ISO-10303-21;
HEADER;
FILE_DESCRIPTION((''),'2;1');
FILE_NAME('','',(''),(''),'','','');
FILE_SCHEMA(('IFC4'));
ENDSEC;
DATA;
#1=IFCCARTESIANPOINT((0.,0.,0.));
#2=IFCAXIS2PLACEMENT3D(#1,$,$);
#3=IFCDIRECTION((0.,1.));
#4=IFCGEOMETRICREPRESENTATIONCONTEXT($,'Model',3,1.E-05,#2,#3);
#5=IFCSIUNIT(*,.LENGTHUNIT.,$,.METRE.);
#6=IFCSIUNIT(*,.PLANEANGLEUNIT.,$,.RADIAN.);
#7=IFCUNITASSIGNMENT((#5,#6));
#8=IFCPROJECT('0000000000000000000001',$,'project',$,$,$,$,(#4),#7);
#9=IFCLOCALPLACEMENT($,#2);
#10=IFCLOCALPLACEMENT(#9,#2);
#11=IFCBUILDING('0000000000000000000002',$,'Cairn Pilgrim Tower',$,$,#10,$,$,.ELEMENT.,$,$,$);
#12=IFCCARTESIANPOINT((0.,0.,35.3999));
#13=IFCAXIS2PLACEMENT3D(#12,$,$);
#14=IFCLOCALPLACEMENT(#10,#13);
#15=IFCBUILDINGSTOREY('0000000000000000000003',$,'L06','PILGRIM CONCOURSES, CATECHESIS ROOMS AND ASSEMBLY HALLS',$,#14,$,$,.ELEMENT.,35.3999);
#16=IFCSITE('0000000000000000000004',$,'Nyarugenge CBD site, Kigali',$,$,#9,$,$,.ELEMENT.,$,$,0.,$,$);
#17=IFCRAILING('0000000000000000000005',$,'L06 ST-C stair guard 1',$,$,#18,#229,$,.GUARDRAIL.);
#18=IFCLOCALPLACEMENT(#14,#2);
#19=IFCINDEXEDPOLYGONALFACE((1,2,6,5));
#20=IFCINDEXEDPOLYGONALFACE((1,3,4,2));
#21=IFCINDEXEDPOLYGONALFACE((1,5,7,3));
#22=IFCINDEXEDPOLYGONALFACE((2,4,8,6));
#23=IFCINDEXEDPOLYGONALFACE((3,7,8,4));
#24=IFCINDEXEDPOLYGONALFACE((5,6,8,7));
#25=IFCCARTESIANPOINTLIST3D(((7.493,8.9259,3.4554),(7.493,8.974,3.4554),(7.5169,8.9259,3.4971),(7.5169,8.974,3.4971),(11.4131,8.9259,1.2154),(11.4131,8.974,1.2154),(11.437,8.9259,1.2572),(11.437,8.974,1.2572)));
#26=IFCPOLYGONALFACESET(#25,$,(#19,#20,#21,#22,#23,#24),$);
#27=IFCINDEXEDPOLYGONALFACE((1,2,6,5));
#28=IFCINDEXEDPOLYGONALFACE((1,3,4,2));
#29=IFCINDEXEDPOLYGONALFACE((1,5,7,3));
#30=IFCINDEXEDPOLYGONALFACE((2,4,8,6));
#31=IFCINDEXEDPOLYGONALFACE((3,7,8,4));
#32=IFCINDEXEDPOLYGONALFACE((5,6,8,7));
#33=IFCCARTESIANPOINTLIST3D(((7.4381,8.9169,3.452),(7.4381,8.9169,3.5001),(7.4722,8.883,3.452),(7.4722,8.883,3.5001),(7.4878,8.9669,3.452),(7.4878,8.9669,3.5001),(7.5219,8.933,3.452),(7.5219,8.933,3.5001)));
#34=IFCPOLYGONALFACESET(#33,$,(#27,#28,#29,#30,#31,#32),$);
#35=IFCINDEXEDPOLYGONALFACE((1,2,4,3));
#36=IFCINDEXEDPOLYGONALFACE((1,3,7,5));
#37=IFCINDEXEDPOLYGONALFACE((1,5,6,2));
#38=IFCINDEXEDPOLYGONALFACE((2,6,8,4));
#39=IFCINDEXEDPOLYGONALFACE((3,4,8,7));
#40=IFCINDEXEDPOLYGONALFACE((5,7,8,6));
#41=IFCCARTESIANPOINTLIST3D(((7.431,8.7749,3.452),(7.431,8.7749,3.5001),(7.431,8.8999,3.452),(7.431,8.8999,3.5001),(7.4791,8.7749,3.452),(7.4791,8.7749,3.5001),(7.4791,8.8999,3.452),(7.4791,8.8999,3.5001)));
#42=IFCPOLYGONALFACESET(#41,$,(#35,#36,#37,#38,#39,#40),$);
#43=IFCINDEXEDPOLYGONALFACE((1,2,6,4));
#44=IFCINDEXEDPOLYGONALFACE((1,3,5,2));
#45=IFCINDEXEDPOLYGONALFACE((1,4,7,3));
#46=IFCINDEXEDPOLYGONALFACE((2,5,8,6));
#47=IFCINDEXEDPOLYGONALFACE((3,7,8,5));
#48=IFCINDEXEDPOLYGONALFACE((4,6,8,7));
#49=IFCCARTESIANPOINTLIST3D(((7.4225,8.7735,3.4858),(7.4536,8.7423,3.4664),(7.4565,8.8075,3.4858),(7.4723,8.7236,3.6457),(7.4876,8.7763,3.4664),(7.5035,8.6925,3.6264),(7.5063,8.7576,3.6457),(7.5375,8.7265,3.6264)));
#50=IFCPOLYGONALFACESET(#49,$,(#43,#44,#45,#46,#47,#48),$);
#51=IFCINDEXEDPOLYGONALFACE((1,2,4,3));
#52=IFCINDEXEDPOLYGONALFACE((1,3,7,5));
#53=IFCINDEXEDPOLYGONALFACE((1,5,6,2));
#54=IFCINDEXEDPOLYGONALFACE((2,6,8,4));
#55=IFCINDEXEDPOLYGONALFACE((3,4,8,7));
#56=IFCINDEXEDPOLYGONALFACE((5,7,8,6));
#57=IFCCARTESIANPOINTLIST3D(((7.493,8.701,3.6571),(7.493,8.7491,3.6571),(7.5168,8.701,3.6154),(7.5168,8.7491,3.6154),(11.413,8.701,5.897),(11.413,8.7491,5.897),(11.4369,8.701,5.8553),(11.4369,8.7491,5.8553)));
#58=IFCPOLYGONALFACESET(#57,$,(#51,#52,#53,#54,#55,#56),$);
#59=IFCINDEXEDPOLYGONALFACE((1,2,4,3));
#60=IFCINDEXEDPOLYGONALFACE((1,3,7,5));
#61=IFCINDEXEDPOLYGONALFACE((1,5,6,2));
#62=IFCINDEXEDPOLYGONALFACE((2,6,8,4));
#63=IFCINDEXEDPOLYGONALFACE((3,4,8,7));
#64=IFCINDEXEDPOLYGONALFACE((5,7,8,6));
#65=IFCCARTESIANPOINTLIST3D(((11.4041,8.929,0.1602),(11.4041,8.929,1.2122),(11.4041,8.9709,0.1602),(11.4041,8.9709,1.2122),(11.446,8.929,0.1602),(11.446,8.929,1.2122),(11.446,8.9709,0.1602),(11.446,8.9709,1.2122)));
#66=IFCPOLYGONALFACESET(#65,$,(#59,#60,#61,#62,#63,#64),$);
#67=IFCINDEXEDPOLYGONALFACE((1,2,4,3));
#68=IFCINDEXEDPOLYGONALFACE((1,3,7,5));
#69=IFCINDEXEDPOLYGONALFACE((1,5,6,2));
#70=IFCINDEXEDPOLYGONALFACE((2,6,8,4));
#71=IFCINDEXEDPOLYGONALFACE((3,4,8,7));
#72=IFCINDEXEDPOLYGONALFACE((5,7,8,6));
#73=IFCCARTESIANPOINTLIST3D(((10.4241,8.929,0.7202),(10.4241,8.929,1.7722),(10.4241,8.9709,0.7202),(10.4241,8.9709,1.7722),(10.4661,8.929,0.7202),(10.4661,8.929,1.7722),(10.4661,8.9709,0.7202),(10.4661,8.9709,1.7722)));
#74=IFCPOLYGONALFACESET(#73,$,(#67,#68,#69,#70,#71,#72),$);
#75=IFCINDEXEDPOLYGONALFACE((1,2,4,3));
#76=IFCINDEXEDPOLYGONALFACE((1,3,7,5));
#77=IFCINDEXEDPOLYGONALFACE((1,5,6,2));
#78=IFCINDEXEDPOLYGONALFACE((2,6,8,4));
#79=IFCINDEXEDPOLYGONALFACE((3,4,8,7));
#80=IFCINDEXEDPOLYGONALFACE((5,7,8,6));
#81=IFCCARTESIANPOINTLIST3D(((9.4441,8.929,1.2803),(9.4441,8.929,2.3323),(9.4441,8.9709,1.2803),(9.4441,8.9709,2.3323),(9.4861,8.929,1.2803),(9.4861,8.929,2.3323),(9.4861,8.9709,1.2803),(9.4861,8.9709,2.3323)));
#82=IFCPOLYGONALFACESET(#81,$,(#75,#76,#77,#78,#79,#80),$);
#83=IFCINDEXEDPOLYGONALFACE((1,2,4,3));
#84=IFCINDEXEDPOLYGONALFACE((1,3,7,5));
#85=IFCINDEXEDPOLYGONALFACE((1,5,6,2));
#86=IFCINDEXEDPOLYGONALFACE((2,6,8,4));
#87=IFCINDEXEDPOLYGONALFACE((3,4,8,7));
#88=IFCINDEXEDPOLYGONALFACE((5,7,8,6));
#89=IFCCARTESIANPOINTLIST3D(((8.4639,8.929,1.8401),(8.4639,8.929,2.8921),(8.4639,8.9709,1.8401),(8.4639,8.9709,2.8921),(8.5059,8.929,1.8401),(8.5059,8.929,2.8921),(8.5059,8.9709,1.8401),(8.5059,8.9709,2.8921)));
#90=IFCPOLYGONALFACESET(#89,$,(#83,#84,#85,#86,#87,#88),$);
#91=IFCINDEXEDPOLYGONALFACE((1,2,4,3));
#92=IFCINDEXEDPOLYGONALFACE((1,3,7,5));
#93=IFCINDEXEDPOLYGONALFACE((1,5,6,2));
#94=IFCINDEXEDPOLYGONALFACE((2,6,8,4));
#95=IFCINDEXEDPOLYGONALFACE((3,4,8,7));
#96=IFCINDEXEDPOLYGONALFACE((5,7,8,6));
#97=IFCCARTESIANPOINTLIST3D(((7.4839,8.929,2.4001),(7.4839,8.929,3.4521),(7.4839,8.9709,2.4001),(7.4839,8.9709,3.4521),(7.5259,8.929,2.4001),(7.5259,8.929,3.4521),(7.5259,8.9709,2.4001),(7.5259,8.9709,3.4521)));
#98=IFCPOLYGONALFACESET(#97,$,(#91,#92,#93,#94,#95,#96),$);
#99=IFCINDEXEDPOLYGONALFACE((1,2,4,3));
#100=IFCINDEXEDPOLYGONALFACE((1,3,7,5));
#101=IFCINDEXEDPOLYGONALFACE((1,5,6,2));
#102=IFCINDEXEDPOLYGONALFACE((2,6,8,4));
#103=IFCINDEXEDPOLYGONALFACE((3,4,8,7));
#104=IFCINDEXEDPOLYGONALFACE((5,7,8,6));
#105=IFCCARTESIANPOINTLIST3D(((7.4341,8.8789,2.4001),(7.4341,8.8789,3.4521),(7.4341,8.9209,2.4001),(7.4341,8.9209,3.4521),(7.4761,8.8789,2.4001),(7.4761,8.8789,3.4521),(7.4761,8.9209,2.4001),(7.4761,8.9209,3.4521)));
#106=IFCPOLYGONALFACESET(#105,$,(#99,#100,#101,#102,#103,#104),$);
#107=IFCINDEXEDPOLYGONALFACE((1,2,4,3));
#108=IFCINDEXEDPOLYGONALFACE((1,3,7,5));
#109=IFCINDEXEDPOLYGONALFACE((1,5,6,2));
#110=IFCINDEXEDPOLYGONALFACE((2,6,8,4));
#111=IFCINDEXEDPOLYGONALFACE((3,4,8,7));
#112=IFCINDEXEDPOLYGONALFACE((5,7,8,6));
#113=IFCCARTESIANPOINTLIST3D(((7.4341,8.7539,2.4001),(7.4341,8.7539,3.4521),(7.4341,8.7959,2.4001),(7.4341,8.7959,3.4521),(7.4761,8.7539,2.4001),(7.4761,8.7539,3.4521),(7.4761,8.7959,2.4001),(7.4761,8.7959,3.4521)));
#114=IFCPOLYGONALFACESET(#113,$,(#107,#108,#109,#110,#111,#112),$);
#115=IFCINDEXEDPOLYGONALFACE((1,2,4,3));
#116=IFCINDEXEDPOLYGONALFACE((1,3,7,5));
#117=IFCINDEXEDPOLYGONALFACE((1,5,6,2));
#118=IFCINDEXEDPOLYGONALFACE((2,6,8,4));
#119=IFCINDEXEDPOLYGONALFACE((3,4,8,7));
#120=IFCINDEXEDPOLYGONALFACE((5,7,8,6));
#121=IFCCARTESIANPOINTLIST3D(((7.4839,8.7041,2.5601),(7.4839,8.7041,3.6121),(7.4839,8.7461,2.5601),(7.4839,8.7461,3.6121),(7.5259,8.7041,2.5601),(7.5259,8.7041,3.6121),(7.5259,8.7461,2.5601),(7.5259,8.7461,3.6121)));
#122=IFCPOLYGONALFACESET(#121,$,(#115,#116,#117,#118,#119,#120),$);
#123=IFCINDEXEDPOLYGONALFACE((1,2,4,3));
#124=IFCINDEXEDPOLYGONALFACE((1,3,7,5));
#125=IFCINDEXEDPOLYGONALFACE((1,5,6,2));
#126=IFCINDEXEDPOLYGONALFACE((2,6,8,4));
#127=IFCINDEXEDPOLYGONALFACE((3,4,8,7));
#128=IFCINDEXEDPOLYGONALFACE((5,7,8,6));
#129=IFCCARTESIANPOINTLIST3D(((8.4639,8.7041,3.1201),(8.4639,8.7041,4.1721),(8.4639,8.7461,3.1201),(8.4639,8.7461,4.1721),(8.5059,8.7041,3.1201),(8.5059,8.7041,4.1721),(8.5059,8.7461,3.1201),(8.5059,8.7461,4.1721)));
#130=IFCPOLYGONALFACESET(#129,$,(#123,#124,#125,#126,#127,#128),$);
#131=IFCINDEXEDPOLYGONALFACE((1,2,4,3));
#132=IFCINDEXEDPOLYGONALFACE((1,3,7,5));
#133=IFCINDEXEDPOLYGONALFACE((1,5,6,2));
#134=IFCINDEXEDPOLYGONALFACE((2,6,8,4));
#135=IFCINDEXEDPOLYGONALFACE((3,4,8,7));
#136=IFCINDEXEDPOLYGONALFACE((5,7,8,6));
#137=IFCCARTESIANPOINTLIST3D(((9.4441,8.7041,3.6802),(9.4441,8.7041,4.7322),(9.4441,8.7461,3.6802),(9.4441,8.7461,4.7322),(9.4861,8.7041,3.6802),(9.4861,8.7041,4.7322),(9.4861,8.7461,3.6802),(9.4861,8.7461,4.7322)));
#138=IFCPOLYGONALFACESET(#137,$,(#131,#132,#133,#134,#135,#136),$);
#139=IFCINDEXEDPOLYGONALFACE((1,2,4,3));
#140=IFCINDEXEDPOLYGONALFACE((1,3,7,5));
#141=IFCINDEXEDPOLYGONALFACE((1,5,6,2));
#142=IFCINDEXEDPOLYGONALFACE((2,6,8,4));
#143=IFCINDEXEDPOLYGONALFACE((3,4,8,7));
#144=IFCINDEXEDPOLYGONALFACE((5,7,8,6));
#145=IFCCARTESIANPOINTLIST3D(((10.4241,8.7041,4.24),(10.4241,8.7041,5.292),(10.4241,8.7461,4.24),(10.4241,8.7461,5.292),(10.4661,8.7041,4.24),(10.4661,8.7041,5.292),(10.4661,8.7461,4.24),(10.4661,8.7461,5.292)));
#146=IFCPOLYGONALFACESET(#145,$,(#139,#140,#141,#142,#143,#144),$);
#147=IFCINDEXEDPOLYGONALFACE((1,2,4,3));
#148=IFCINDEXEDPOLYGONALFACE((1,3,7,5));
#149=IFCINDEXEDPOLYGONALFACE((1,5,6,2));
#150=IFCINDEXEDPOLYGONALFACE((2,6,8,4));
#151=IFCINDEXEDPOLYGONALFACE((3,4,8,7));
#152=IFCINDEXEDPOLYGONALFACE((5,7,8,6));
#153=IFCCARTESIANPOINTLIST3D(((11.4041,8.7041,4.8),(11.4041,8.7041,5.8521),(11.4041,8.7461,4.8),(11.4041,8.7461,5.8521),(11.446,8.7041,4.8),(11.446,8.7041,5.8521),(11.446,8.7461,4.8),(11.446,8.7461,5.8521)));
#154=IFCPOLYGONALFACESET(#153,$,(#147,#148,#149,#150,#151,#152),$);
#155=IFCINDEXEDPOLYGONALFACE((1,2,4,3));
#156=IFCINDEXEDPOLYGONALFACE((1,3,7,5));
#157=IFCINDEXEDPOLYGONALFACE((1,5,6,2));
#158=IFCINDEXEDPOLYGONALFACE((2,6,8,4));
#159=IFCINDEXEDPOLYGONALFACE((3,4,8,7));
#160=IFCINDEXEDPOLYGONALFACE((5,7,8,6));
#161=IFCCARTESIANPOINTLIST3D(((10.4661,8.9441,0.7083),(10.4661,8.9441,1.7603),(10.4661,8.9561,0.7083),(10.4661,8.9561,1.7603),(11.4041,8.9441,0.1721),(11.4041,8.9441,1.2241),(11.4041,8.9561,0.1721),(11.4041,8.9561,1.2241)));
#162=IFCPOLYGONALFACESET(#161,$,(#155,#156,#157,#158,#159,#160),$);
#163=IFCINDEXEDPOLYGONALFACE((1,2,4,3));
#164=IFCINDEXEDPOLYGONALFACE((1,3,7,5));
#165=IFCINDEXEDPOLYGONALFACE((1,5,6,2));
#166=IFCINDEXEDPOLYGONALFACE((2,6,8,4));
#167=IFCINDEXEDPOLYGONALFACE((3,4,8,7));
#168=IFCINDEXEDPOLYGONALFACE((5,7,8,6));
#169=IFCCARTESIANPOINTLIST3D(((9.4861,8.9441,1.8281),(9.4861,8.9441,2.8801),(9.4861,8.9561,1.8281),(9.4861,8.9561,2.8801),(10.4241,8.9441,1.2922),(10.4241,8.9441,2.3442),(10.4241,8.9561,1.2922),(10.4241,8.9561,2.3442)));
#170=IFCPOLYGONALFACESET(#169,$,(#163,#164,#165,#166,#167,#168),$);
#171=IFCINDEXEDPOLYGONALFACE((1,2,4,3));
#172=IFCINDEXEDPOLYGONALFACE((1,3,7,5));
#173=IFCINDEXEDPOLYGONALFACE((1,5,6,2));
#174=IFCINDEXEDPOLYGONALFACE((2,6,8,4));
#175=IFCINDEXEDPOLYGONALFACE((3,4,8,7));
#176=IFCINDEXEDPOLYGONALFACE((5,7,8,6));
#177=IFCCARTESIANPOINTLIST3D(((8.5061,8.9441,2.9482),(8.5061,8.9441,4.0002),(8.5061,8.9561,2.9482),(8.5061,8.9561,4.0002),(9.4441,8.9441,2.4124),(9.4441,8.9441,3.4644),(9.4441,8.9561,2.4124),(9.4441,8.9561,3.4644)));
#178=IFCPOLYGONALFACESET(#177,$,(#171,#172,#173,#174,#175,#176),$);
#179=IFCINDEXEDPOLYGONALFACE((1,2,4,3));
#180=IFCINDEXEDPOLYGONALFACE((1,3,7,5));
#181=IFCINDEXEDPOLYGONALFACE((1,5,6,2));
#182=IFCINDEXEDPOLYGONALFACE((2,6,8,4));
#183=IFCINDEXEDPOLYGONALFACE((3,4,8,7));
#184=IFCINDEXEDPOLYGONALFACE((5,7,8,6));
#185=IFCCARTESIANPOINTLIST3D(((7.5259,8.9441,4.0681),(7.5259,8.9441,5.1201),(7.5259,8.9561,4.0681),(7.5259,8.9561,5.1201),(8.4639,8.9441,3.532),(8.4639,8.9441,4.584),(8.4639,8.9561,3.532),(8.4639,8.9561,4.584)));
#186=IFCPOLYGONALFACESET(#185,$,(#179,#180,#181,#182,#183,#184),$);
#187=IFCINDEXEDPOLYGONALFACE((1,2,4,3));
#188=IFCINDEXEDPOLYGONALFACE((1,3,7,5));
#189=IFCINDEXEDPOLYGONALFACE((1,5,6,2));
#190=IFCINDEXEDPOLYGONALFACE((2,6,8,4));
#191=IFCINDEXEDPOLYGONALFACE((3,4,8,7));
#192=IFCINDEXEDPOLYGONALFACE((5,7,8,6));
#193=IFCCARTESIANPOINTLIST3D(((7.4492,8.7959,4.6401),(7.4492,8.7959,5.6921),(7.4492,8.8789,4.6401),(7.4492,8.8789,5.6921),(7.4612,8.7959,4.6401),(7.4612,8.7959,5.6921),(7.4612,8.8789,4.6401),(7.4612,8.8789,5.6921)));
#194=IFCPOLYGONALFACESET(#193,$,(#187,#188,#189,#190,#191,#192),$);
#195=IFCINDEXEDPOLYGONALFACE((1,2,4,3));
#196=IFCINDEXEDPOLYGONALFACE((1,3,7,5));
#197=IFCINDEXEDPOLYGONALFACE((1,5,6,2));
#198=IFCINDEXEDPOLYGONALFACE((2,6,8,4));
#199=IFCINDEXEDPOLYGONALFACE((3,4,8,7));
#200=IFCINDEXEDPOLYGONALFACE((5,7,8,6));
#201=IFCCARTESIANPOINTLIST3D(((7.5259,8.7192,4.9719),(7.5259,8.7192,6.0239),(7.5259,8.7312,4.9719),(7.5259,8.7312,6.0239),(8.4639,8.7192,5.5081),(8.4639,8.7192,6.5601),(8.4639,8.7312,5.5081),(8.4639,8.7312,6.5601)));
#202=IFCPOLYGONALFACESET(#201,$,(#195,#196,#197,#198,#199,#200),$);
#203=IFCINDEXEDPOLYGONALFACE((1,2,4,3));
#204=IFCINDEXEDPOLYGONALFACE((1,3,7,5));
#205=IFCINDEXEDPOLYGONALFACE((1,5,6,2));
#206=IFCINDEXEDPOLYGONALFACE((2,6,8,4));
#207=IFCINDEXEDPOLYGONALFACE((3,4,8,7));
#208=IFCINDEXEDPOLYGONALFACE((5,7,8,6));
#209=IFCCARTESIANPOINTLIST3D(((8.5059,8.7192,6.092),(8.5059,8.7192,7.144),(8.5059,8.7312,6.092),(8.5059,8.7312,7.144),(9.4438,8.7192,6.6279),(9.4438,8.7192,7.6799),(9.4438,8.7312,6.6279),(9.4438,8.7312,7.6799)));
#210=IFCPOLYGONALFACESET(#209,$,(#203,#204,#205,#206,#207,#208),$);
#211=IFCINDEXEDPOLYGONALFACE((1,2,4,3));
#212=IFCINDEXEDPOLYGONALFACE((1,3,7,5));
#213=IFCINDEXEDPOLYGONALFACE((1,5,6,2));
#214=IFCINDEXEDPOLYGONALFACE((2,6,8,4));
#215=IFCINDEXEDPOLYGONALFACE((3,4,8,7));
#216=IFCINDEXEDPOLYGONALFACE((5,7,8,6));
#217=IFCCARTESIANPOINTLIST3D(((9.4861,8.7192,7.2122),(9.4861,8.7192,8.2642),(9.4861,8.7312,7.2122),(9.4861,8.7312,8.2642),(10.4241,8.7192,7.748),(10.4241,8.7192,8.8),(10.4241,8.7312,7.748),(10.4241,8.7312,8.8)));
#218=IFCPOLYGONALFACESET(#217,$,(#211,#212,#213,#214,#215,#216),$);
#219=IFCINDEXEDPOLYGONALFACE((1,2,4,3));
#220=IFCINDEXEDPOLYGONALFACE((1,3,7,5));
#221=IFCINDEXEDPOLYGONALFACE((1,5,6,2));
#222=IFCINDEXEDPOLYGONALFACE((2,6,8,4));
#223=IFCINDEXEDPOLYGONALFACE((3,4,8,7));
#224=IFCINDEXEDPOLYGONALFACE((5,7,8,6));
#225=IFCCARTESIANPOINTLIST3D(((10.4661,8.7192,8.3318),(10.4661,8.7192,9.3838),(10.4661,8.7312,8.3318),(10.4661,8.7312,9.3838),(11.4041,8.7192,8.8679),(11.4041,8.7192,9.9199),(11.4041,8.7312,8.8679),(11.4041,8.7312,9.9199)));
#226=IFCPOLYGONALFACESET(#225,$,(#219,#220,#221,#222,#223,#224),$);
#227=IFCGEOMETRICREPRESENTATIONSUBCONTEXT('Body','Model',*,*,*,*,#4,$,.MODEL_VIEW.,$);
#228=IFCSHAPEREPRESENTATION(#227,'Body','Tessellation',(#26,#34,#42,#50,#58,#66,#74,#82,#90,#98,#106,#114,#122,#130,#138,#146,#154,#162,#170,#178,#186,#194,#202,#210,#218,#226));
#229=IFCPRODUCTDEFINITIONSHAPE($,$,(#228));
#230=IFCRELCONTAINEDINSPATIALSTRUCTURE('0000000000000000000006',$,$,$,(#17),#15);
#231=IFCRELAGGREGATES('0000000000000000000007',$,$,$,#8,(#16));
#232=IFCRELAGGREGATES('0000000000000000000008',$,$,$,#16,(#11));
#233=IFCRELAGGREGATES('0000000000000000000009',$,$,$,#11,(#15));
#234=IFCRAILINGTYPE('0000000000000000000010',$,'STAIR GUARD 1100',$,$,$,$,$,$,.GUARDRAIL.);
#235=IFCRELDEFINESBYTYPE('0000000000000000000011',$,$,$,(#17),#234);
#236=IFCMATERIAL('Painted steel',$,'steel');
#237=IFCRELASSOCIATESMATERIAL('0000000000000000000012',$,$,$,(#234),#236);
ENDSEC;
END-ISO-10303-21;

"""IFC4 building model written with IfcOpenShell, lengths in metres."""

from ifc_helpers import new_model, si_unit, direction, frame, origin, origin_2d, place, context, subcontext, project, spatial, polyline, rectangle, outline, extrude, material, type_object, element, save


model = new_model("IFC4")

# Units and contexts
model_context = context("Model", 3, precision=1e-05, world=origin(), true_north=direction((0.0, 1.0)))
body_context = subcontext(model_context, "Body", "Model", "MODEL_VIEW")
ifc_project = project(units=[si_unit("LENGTHUNIT", "METRE"), si_unit("PLANEANGLEUNIT", "RADIAN")], contexts=[model_context])

# Site, building, storey
site_placement = place(None, origin())
site = spatial("IfcSite", under=ifc_project, at=site_placement, Name="Nyarugenge CBD site, Kigali", CompositionType="ELEMENT", RefElevation=0.0)
building_placement = place(site_placement, origin())
building = spatial("IfcBuilding", under=site, at=building_placement, Name="Cairn Pilgrim Tower", CompositionType="ELEMENT")
storey_placement = place(building_placement, frame((0.0, 0.0, 35.3999)))
storey = spatial("IfcBuildingStorey", under=building, at=storey_placement, Name="L06", Description="PILGRIM CONCOURSES, CATECHESIS ROOMS AND ASSEMBLY HALLS", CompositionType="ELEMENT", Elevation=35.3999)

# Shared definitions
ifc_material_1 = material(Name="Painted steel", Category="steel")

# Railing
railing_type_1 = type_object("IfcRailingType", Name="STAIR GUARD 1100", PredefinedType="GUARDRAIL", material=ifc_material_1)
railing_1_placement = place(storey_placement, frame((11.425, 8.95, 0.1602)))
element("IfcRailing", 1, at=railing_1_placement, inside=storey, type_object=railing_type_1, Name="L06 ST-C stair guard 1", PredefinedType="GUARDRAIL", context=body_context, shape_type="SweptSolid", body=[
    extrude(rectangle(XDim=0.0481, YDim=0.0481, at=origin_2d()), frame((0.0, 0.0, 1.0762), z_axis=(-0.868253, 0.0, 0.496121), x_axis=(0.0, -1.0, 0.0)), (0.0, 0.0, 1.0), 4.5149),
    extrude(rectangle(XDim=0.0481, YDim=0.0481, at=origin_2d()), frame((-3.9202, 0.0, 3.3159), z_axis=(-0.705376, -0.708834, 0.0), x_axis=(0.708834, -0.705376, 0.0)), (0.0, 0.0, 1.0), 0.0706),
    extrude(rectangle(XDim=0.0481, YDim=0.0481, at=origin_2d()), frame((-3.97, -0.05, 3.3159), z_axis=(0.0, -1.0, 0.0), x_axis=(1.0, 0.0, 0.0)), (0.0, 0.0, 1.0), 0.125),
    extrude(rectangle(XDim=0.0481, YDim=0.0481, at=origin_2d()), frame((-3.97, -0.175, 3.3159), z_axis=(0.285027, -0.285027, 0.915161), x_axis=(0.707107, 0.707107, 0.0)), (0.0, 0.0, 1.0), 0.1748),
    extrude(rectangle(XDim=0.0481, YDim=0.0481, at=origin_2d()), frame((-3.9202, -0.2249, 3.4761), z_axis=(0.868253, 0.0, 0.496121), x_axis=(0.0, 1.0, 0.0)), (0.0, 0.0, 1.0), 4.5149),
    extrude(rectangle(XDim=0.042, YDim=0.042, at=origin_2d()), origin(), (0.0, 0.0, 1.0), 1.052),
    extrude(rectangle(XDim=0.042, YDim=0.042, at=origin_2d()), frame((-0.98, 0.0, 0.5601)), (0.0, 0.0, 1.0), 1.052),
    extrude(rectangle(XDim=0.042, YDim=0.042, at=origin_2d()), frame((-1.96, 0.0, 1.1201)), (0.0, 0.0, 1.0), 1.052),
    extrude(rectangle(XDim=0.042, YDim=0.042, at=origin_2d()), frame((-2.9402, 0.0, 1.6799)), (0.0, 0.0, 1.0), 1.052),
    extrude(rectangle(XDim=0.042, YDim=0.042, at=origin_2d()), frame((-3.9202, 0.0, 2.24)), (0.0, 0.0, 1.0), 1.052),
    extrude(rectangle(XDim=0.042, YDim=0.042, at=origin_2d()), frame((-3.97, -0.05, 2.24)), (0.0, 0.0, 1.0), 1.052),
    extrude(rectangle(XDim=0.042, YDim=0.042, at=origin_2d()), frame((-3.97, -0.175, 2.24)), (0.0, 0.0, 1.0), 1.052),
    extrude(rectangle(XDim=0.042, YDim=0.042, at=origin_2d()), frame((-3.9202, -0.2249, 2.3999)), (0.0, 0.0, 1.0), 1.052),
    extrude(rectangle(XDim=0.042, YDim=0.042, at=origin_2d()), frame((-2.9402, -0.2249, 2.96)), (0.0, 0.0, 1.0), 1.052),
    extrude(rectangle(XDim=0.042, YDim=0.042, at=origin_2d()), frame((-1.96, -0.2249, 3.52)), (0.0, 0.0, 1.0), 1.052),
    extrude(rectangle(XDim=0.042, YDim=0.042, at=origin_2d()), frame((-0.98, -0.2249, 4.0798)), (0.0, 0.0, 1.0), 1.052),
    extrude(rectangle(XDim=0.042, YDim=0.042, at=origin_2d()), frame((0.0, -0.2249, 4.6399)), (0.0, 0.0, 1.0), 1.052),
    extrude(outline(polyline([(0.021, 0.012), (0.959, 0.5481), (0.959, 1.6001), (0.021, 1.064), (0.021, 0.012)])), frame((0.0, -0.0059, 0.0), z_axis=(0.0, 1.0, 0.0), x_axis=(-1.0, 0.0, 0.0)), (0.0, 0.0, 1.0), 0.012),
    extrude(outline(polyline([(0.021, 0.572), (0.959, 1.1079), (0.959, 2.1599), (0.021, 1.624), (0.021, 0.572)])), frame((-0.98, -0.0059, 0.5601), z_axis=(0.0, 1.0, 0.0), x_axis=(-1.0, 0.0, 0.0)), (0.0, 0.0, 1.0), 0.012),
    extrude(outline(polyline([(0.021, 1.1321), (0.959, 1.668), (0.959, 2.72), (0.021, 2.1841), (0.021, 1.1321)])), frame((-1.96, -0.0059, 1.1201), z_axis=(0.0, 1.0, 0.0), x_axis=(-1.0, 0.0, 0.0)), (0.0, 0.0, 1.0), 0.012),
    extrude(outline(polyline([(0.021, 1.6919), (0.959, 2.228), (0.959, 3.28), (0.021, 2.7439), (0.021, 1.6919)])), frame((-2.9402, -0.0059, 1.6799), z_axis=(0.0, 1.0, 0.0), x_axis=(-1.0, 0.0, 0.0)), (0.0, 0.0, 1.0), 0.012),
    extrude(outline(polyline([(0.021, 2.24), (0.104, 2.24), (0.104, 3.292), (0.021, 3.292), (0.021, 2.24)])), frame((-3.9639, -0.05, 2.24), z_axis=(-1.0, 0.0, 0.0), x_axis=(0.0, -1.0, 0.0)), (0.0, 0.0, 1.0), 0.012),
    extrude(outline(polyline([(0.021, 2.4119), (0.959, 2.948), (0.959, 4.0), (0.021, 3.4639), (0.021, 2.4119)])), frame((-3.9202, -0.2188, 2.3999), z_axis=(0.0, -1.0, 0.0), x_axis=(1.0, 0.0, 0.0)), (0.0, 0.0, 1.0), 0.012),
    extrude(outline(polyline([(0.021, 2.9719), (0.959, 3.5078), (0.959, 4.5598), (0.021, 4.0239), (0.021, 2.9719)])), frame((-2.9402, -0.2188, 2.96), z_axis=(0.0, -1.0, 0.0), x_axis=(1.0, 0.0, 0.0)), (0.0, 0.0, 1.0), 0.012),
    extrude(outline(polyline([(0.021, 3.532), (0.959, 4.0679), (0.959, 5.1199), (0.021, 4.584), (0.021, 3.532)])), frame((-1.96, -0.2188, 3.52), z_axis=(0.0, -1.0, 0.0), x_axis=(1.0, 0.0, 0.0)), (0.0, 0.0, 1.0), 0.012),
    extrude(outline(polyline([(0.021, 4.0918), (0.959, 4.6279), (0.959, 5.6799), (0.021, 5.1438), (0.021, 4.0918)])), frame((-0.98, -0.2188, 4.0798), z_axis=(0.0, -1.0, 0.0), x_axis=(1.0, 0.0, 0.0)), (0.0, 0.0, 1.0), 0.012),
])

save(model, "model.ifc")
